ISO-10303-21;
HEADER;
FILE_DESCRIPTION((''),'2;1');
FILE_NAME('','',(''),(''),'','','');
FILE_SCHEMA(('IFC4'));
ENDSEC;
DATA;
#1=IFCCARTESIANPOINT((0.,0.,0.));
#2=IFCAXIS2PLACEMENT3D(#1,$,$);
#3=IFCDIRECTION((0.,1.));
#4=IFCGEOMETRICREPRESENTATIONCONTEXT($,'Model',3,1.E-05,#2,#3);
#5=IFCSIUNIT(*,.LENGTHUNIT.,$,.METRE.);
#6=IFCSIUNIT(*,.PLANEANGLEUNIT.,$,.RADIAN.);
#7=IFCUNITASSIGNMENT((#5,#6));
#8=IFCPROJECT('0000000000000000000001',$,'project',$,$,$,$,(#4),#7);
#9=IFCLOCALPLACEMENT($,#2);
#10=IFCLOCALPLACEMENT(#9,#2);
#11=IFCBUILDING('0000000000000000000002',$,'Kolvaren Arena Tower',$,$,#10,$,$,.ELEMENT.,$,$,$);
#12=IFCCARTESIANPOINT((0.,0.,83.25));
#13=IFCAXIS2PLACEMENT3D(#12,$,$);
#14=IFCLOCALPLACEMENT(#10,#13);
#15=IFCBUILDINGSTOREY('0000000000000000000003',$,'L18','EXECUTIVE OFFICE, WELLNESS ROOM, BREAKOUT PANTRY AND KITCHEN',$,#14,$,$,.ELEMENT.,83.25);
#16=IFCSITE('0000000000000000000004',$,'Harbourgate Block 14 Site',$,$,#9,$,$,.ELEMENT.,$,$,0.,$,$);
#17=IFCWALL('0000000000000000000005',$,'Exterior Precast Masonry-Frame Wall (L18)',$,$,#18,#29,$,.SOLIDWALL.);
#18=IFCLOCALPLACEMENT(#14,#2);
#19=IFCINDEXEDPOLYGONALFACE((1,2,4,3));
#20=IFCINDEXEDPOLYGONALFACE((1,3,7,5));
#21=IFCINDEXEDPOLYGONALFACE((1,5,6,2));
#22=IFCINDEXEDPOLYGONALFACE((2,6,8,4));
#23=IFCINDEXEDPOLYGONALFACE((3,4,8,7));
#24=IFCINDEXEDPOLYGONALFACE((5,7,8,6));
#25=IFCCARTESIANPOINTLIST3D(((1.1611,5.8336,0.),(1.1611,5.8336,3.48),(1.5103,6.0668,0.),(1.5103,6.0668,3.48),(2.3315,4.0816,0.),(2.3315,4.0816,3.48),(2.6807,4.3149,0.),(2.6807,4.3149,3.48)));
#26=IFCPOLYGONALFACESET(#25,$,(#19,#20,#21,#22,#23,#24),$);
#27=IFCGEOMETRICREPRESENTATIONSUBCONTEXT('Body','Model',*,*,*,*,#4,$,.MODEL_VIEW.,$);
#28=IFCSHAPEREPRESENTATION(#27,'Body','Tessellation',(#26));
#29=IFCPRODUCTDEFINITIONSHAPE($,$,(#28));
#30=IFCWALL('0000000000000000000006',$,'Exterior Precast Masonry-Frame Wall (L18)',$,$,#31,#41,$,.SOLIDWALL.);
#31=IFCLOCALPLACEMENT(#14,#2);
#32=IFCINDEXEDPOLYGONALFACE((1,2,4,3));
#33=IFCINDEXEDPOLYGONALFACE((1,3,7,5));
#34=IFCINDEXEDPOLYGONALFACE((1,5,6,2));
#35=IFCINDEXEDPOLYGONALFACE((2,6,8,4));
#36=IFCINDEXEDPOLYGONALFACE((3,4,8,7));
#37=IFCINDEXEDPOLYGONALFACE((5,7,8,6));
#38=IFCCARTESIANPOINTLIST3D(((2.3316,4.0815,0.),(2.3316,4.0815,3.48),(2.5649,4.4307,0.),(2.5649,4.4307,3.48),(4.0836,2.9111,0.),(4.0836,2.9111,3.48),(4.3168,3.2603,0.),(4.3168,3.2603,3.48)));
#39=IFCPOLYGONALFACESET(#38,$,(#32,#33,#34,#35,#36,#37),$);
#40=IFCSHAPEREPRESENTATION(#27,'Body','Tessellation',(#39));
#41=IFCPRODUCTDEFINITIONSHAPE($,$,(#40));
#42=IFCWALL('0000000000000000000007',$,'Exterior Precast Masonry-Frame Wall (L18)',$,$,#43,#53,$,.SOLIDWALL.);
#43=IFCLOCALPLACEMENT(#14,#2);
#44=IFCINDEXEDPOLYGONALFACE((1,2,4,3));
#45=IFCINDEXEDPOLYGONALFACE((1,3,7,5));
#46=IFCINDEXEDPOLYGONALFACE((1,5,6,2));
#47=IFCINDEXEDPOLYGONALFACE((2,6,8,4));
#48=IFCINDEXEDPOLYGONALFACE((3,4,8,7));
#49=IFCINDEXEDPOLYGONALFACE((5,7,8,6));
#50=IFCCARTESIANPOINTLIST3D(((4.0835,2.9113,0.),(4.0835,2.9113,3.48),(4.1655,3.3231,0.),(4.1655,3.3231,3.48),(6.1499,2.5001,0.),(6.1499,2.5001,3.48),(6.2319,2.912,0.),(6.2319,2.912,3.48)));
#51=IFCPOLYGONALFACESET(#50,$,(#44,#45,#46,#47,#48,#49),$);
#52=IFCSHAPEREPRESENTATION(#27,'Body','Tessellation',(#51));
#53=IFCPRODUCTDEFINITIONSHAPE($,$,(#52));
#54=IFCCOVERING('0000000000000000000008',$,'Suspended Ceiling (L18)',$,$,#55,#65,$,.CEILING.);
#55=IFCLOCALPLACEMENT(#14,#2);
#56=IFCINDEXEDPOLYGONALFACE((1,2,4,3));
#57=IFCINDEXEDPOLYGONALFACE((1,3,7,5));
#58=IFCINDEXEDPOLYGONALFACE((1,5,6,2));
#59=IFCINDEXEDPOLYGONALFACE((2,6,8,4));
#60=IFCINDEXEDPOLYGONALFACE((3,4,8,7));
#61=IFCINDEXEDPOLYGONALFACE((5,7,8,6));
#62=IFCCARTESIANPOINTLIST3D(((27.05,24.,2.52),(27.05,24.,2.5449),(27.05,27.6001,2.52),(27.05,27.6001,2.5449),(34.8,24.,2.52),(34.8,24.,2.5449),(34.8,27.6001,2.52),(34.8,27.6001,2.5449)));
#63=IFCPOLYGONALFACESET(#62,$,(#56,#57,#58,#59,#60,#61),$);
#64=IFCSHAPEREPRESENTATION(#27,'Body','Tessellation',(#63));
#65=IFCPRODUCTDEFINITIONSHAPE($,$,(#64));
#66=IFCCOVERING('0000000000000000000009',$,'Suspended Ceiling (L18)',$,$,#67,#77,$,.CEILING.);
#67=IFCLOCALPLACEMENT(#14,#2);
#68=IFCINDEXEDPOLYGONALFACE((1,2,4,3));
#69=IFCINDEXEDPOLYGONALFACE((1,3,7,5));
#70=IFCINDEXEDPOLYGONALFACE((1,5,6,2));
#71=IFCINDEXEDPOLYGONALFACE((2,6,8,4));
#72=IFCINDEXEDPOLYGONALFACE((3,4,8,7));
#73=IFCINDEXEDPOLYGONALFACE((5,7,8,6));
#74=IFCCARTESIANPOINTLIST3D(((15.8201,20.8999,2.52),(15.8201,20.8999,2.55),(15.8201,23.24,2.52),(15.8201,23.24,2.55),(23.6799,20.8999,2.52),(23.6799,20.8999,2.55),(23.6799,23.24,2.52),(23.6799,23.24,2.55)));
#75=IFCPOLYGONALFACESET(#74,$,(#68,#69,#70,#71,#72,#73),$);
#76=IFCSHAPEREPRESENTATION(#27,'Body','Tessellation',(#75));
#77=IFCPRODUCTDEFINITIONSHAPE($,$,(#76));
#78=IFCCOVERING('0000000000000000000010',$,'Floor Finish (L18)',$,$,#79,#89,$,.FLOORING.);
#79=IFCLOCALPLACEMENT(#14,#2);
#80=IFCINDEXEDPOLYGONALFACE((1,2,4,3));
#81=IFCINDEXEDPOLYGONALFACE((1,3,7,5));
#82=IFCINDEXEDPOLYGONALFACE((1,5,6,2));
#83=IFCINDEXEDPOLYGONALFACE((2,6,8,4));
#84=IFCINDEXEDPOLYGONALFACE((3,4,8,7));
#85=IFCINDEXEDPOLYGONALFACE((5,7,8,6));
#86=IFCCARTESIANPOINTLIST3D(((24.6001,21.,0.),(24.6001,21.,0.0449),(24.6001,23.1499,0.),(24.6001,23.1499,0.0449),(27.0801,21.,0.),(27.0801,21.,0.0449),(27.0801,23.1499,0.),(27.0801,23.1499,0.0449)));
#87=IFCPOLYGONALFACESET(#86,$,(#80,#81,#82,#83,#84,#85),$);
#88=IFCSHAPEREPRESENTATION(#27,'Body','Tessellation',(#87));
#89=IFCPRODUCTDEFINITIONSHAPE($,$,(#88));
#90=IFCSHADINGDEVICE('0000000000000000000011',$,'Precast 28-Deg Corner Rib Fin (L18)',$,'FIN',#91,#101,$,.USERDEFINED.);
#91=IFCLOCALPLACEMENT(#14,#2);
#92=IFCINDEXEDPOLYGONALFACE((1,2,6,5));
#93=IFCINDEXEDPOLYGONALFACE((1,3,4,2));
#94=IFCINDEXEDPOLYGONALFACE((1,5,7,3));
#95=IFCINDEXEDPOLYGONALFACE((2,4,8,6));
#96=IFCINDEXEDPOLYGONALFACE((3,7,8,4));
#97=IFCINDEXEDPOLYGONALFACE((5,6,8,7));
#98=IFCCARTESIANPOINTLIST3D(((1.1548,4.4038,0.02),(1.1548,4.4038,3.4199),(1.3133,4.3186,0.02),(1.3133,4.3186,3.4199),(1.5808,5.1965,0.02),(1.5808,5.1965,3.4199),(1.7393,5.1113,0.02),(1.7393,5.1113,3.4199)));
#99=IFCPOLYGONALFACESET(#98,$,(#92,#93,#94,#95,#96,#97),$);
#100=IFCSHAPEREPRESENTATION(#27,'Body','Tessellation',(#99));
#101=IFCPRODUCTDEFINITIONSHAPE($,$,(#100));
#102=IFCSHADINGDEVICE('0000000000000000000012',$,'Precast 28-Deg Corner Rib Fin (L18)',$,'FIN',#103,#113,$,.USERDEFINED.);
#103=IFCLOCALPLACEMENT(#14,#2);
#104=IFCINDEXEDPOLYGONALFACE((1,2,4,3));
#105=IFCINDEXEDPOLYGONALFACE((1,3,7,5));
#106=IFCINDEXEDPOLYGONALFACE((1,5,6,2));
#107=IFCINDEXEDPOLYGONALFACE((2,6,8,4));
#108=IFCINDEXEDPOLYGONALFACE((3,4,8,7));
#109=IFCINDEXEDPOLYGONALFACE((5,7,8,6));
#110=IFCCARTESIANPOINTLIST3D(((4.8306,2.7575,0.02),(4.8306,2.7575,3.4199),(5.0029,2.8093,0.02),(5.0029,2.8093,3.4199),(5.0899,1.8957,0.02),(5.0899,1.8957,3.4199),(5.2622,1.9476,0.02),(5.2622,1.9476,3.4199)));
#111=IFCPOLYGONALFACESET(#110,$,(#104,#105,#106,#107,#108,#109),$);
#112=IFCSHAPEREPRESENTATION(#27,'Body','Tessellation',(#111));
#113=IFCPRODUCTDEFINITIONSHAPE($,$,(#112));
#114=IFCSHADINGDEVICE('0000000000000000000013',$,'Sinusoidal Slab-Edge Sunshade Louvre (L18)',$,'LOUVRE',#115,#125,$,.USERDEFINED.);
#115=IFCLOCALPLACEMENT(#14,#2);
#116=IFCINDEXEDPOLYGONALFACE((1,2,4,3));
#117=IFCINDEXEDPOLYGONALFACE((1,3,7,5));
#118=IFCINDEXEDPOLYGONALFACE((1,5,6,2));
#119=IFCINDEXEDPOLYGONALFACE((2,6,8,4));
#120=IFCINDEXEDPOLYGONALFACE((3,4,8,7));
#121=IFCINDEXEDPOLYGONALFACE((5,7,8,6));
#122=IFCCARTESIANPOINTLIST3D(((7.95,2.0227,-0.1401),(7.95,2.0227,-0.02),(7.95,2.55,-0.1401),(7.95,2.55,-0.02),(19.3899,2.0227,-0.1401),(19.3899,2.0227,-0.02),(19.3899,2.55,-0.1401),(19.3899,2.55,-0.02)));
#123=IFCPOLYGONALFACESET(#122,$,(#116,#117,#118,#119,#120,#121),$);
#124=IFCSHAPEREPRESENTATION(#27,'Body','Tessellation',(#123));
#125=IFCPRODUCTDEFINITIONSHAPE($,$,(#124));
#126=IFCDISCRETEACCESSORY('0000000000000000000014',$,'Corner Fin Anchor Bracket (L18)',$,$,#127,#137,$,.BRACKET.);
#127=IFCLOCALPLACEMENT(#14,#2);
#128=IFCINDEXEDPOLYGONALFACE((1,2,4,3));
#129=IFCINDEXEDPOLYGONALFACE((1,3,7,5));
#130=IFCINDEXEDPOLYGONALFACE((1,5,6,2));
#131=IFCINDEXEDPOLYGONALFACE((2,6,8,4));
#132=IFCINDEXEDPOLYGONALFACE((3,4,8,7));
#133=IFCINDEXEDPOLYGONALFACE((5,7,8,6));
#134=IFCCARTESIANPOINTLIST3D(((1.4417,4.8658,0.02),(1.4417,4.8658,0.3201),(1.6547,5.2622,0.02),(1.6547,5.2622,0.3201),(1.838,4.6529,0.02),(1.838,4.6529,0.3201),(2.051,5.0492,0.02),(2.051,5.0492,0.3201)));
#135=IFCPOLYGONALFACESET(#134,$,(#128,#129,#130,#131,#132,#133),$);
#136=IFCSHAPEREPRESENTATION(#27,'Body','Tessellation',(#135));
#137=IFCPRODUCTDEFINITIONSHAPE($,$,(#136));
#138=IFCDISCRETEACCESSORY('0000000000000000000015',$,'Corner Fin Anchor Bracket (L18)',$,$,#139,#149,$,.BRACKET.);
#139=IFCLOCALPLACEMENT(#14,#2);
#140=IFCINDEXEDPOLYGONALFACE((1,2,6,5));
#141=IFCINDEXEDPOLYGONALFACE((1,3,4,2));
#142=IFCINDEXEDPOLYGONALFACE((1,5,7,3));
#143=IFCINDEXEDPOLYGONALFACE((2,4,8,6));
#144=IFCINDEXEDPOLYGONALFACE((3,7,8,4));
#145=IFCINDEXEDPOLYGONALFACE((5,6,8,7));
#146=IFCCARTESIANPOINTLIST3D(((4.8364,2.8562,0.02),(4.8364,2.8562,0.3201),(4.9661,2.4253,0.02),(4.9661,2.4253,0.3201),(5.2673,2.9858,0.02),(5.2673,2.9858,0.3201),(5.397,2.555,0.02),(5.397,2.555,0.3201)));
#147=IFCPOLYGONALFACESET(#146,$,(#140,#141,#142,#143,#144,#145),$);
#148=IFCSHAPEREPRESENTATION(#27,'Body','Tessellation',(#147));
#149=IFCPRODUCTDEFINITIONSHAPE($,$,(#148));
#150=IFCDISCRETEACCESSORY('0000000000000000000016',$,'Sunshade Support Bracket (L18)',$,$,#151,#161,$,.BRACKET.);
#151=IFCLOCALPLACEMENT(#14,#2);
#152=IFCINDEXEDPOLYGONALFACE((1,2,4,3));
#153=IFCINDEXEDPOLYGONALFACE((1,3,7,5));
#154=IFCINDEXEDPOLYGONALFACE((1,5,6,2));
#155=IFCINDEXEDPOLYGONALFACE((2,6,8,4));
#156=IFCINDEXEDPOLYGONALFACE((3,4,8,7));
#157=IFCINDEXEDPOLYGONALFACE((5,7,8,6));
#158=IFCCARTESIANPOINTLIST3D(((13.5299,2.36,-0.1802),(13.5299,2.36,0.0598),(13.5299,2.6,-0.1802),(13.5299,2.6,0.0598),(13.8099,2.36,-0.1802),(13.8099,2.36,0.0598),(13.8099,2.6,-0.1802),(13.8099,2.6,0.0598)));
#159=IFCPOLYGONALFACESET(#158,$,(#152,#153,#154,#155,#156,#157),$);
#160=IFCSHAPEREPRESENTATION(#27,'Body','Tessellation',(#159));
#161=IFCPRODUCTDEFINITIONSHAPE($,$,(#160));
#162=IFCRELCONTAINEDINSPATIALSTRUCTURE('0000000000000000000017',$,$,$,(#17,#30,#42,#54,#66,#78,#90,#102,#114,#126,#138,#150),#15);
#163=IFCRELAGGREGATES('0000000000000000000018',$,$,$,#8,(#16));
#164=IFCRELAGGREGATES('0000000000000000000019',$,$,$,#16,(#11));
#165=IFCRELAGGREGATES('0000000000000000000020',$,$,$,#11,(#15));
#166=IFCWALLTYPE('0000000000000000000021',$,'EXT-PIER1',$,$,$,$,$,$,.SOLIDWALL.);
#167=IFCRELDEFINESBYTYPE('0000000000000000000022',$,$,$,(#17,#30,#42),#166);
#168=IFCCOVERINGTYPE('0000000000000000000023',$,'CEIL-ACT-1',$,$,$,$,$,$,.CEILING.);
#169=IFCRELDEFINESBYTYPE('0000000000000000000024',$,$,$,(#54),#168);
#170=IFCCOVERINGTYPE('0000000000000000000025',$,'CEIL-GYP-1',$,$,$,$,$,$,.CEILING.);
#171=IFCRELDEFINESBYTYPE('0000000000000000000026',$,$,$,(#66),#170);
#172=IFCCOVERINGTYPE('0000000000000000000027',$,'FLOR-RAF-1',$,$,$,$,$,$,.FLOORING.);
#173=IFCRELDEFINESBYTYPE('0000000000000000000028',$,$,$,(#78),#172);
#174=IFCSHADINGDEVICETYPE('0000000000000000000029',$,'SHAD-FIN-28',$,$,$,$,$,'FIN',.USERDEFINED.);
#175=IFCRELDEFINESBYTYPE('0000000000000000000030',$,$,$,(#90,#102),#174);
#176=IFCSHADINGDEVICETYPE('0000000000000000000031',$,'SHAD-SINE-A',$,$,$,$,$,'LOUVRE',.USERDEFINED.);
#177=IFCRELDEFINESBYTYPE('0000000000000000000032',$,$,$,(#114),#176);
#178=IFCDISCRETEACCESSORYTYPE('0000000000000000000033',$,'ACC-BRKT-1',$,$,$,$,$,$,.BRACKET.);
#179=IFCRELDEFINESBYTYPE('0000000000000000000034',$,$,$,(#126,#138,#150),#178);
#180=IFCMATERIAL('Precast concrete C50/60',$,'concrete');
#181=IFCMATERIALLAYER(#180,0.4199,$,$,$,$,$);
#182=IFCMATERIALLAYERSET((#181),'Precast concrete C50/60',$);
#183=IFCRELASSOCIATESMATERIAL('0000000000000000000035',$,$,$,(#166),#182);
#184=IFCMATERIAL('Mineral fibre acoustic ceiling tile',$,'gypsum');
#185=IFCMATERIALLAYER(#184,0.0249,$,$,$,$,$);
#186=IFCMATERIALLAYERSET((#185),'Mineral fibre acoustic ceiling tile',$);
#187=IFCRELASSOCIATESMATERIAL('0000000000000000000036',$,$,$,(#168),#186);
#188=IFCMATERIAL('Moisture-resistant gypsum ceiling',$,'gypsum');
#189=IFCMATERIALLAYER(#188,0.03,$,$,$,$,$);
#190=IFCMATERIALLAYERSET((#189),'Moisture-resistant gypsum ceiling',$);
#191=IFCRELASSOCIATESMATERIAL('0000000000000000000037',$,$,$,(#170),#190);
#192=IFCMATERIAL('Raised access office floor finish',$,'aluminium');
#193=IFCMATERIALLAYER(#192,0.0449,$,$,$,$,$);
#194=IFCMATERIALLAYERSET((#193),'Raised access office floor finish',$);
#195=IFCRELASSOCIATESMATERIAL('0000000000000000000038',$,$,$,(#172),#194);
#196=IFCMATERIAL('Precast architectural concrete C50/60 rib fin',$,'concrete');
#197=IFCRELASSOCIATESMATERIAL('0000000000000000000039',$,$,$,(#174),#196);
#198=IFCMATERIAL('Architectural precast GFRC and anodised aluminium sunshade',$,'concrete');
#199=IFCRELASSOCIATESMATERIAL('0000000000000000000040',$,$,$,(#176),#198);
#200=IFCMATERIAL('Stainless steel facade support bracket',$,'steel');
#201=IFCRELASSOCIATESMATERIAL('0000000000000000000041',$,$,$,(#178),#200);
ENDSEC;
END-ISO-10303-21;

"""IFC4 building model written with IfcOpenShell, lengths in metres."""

from ifc_helpers import new_model, si_unit, direction, frame, frame_2d, origin, origin_2d, place, context, subcontext, project, spatial, polyline, rectangle, outline, extrude, material, layer, layer_set, type_object, element, save


model = new_model("IFC4")

# Units and contexts
model_context = context("Model", 3, precision=1e-05, world=origin(), true_north=direction((0.0, 1.0)))
body_context = subcontext(model_context, "Body", "Model", "MODEL_VIEW")
ifc_project = project(units=[si_unit("LENGTHUNIT", "METRE"), si_unit("PLANEANGLEUNIT", "RADIAN")], contexts=[model_context])

# Site, building, storey
site_placement = place(None, origin())
site = spatial("IfcSite", under=ifc_project, at=site_placement, Name="Harbourgate Block 14 Site", CompositionType="ELEMENT", RefElevation=0.0)
building_placement = place(site_placement, origin())
building = spatial("IfcBuilding", under=site, at=building_placement, Name="Kolvaren Arena Tower", CompositionType="ELEMENT")
storey_placement = place(building_placement, frame((0.0, 0.0, 83.25)))
storey = spatial("IfcBuildingStorey", under=building, at=storey_placement, Name="L18", Description="EXECUTIVE OFFICE, WELLNESS ROOM, BREAKOUT PANTRY AND KITCHEN", CompositionType="ELEMENT", Elevation=83.25)

# Walls
ifc_material_1 = material(Name="Precast concrete C50/60", Category="concrete")
ifc_layer_1 = layer(ifc_material_1, 0.4199)
ifc_layer_set_1 = layer_set([ifc_layer_1], Name="Precast concrete C50/60")
wall_type = type_object("IfcWallType", Name="EXT-PIER1", PredefinedType="SOLIDWALL", material=ifc_layer_set_1)
for number, where, z_axis, x_axis, name in (
    (1, (2.5061, 4.1982, 0.0), (0.0, 0.0, 1.0), (-0.555502, 0.831515, 0.0), "Exterior Precast Masonry-Frame Wall (L18)"),
    (2, (4.2002, 3.0857, 0.0), (0.0, 0.0, 1.0), (-0.831515, 0.555502, 0.0), "Exterior Precast Masonry-Frame Wall (L18)"),
    (3, (6.1909, 2.7061, 0.0), (0.0, 0.0, 1.0), (-0.980776, 0.195136, 0.0), "Exterior Precast Masonry-Frame Wall (L18)"),
):
    element("IfcWall", number, at=place(storey_placement, frame(where, z_axis=z_axis, x_axis=x_axis)), inside=storey, type_object=wall_type, Name=name, PredefinedType="SOLIDWALL", context=body_context, shape_type="SweptSolid", body=[
        extrude(rectangle(XDim=2.1069, YDim=0.4199, at=frame_2d((1.0535, 0.0))), origin(), (0.0, 0.0, 1.0), 3.48),
    ])

# Coverings
ifc_material_2 = material(Name="Mineral fibre acoustic ceiling tile", Category="gypsum")
ifc_layer_2 = layer(ifc_material_2, 0.0249)
ifc_layer_set_2 = layer_set([ifc_layer_2], Name="Mineral fibre acoustic ceiling tile")
covering_type_1 = type_object("IfcCoveringType", Name="CEIL-ACT-1", PredefinedType="CEILING", material=ifc_layer_set_2)
covering_1_placement = place(storey_placement, frame((0.0, 0.0, 2.52)))
element("IfcCovering", 4, at=covering_1_placement, inside=storey, type_object=covering_type_1, Name="Suspended Ceiling (L18)", PredefinedType="CEILING", context=body_context, shape_type="SweptSolid", body=[
    extrude(outline(polyline([(27.05, 24.0), (27.05, 27.6001), (34.8, 27.6001), (34.8, 24.0), (27.05, 24.0)])), origin(), (0.0, 0.0, 1.0), 0.0249),
])
ifc_material_3 = material(Name="Moisture-resistant gypsum ceiling", Category="gypsum")
ifc_layer_3 = layer(ifc_material_3, 0.03)
ifc_layer_set_3 = layer_set([ifc_layer_3], Name="Moisture-resistant gypsum ceiling")
covering_type_2 = type_object("IfcCoveringType", Name="CEIL-GYP-1", PredefinedType="CEILING", material=ifc_layer_set_3)
covering_2_placement = place(storey_placement, frame((0.0, 0.0, 2.52)))
element("IfcCovering", 5, at=covering_2_placement, inside=storey, type_object=covering_type_2, Name="Suspended Ceiling (L18)", PredefinedType="CEILING", context=body_context, shape_type="SweptSolid", body=[
    extrude(outline(polyline([(15.8201, 20.8999), (15.8201, 23.24), (23.6799, 23.24), (23.6799, 20.8999), (15.8201, 20.8999)])), origin(), (0.0, 0.0, 1.0), 0.03),
])
ifc_material_4 = material(Name="Raised access office floor finish", Category="aluminium")
ifc_layer_4 = layer(ifc_material_4, 0.0449)
ifc_layer_set_4 = layer_set([ifc_layer_4], Name="Raised access office floor finish")
covering_type_3 = type_object("IfcCoveringType", Name="FLOR-RAF-1", PredefinedType="FLOORING", material=ifc_layer_set_4)
covering_3_placement = place(storey_placement, origin())
element("IfcCovering", 6, at=covering_3_placement, inside=storey, type_object=covering_type_3, Name="Floor Finish (L18)", PredefinedType="FLOORING", context=body_context, shape_type="SweptSolid", body=[
    extrude(outline(polyline([(24.6001, 21.0), (24.6001, 23.1499), (27.0801, 23.1499), (27.0801, 21.0), (24.6001, 21.0)])), origin(), (0.0, 0.0, 1.0), 0.0449),
])

# Shading devices
ifc_material_5 = material(Name="Precast architectural concrete C50/60 rib fin", Category="concrete")
shading_device_type_1 = type_object("IfcShadingDeviceType", Name="SHAD-FIN-28", ElementType="FIN", PredefinedType="USERDEFINED", material=ifc_material_5)
for number, where, z_axis, x_axis, name in (
    (7, (1.447, 4.7576, 0.02), (0.0, 0.0, 1.0), (-0.473349, -0.880875, 0.0), "Precast 28-Deg Corner Rib Fin (L18)"),
    (8, (5.0464, 2.3525, 0.02), (0.0, 0.0, 1.0), (0.288175, -0.957578, 0.0), "Precast 28-Deg Corner Rib Fin (L18)"),
):
    element("IfcShadingDevice", number, at=place(storey_placement, frame(where, z_axis=z_axis, x_axis=x_axis)), inside=storey, type_object=shading_device_type_1, Name=name, ObjectType="FIN", PredefinedType="USERDEFINED", context=body_context, shape_type="SweptSolid", body=[
        extrude(rectangle(XDim=0.8999, YDim=0.1799, at=origin_2d()), origin(), (0.0, 0.0, 1.0), 3.3999),
    ])
ifc_material_6 = material(Name="Architectural precast GFRC and anodised aluminium sunshade", Category="concrete")
shading_device_type_2 = type_object("IfcShadingDeviceType", Name="SHAD-SINE-A", ElementType="LOUVRE", PredefinedType="USERDEFINED", material=ifc_material_6)
shading_device_placement = place(storey_placement, frame((13.6699, 2.2864, -0.1401), z_axis=(0.0, 0.0, 1.0), x_axis=(-1.0, 0.0, 0.0)))
element("IfcShadingDevice", 9, at=shading_device_placement, inside=storey, type_object=shading_device_type_2, Name="Sinusoidal Slab-Edge Sunshade Louvre (L18)", ObjectType="LOUVRE", PredefinedType="USERDEFINED", context=body_context, shape_type="SweptSolid", body=[
    extrude(rectangle(XDim=11.4399, YDim=0.5273, at=origin_2d()), origin(), (0.0, 0.0, 1.0), 0.1201),
])

# Discrete accessories
ifc_material_7 = material(Name="Stainless steel facade support bracket", Category="steel")
discrete_accessory_type = type_object("IfcDiscreteAccessoryType", Name="ACC-BRKT-1", PredefinedType="BRACKET", material=ifc_material_7)
for number, where, z_axis, x_axis, name in (
    (10, (1.7463, 4.9575, 0.02), (0.0, 0.0, 1.0), (-0.473349, -0.880875, 0.0), "Corner Fin Anchor Bracket (L18)"),
    (11, (5.1167, 2.7056, 0.02), (0.0, 0.0, 1.0), (0.288175, -0.957578, 0.0), "Corner Fin Anchor Bracket (L18)"),
):
    element("IfcDiscreteAccessory", number, at=place(storey_placement, frame(where, z_axis=z_axis, x_axis=x_axis)), inside=storey, type_object=discrete_accessory_type, Name=name, PredefinedType="BRACKET", context=body_context, shape_type="SweptSolid", body=[
        extrude(rectangle(XDim=0.45, YDim=0.45, at=origin_2d()), origin(), (0.0, 0.0, 1.0), 0.3),
    ])
discrete_accessory_placement = place(storey_placement, frame((13.6699, 2.48, -0.1802), z_axis=(0.0, 0.0, 1.0), x_axis=(-1.0, 0.0, 0.0)))
element("IfcDiscreteAccessory", 12, at=discrete_accessory_placement, inside=storey, type_object=discrete_accessory_type, Name="Sunshade Support Bracket (L18)", PredefinedType="BRACKET", context=body_context, shape_type="SweptSolid", body=[
    extrude(rectangle(XDim=0.28, YDim=0.24, at=origin_2d()), origin(), (0.0, 0.0, 1.0), 0.24),
])

save(model, "model.ifc")
